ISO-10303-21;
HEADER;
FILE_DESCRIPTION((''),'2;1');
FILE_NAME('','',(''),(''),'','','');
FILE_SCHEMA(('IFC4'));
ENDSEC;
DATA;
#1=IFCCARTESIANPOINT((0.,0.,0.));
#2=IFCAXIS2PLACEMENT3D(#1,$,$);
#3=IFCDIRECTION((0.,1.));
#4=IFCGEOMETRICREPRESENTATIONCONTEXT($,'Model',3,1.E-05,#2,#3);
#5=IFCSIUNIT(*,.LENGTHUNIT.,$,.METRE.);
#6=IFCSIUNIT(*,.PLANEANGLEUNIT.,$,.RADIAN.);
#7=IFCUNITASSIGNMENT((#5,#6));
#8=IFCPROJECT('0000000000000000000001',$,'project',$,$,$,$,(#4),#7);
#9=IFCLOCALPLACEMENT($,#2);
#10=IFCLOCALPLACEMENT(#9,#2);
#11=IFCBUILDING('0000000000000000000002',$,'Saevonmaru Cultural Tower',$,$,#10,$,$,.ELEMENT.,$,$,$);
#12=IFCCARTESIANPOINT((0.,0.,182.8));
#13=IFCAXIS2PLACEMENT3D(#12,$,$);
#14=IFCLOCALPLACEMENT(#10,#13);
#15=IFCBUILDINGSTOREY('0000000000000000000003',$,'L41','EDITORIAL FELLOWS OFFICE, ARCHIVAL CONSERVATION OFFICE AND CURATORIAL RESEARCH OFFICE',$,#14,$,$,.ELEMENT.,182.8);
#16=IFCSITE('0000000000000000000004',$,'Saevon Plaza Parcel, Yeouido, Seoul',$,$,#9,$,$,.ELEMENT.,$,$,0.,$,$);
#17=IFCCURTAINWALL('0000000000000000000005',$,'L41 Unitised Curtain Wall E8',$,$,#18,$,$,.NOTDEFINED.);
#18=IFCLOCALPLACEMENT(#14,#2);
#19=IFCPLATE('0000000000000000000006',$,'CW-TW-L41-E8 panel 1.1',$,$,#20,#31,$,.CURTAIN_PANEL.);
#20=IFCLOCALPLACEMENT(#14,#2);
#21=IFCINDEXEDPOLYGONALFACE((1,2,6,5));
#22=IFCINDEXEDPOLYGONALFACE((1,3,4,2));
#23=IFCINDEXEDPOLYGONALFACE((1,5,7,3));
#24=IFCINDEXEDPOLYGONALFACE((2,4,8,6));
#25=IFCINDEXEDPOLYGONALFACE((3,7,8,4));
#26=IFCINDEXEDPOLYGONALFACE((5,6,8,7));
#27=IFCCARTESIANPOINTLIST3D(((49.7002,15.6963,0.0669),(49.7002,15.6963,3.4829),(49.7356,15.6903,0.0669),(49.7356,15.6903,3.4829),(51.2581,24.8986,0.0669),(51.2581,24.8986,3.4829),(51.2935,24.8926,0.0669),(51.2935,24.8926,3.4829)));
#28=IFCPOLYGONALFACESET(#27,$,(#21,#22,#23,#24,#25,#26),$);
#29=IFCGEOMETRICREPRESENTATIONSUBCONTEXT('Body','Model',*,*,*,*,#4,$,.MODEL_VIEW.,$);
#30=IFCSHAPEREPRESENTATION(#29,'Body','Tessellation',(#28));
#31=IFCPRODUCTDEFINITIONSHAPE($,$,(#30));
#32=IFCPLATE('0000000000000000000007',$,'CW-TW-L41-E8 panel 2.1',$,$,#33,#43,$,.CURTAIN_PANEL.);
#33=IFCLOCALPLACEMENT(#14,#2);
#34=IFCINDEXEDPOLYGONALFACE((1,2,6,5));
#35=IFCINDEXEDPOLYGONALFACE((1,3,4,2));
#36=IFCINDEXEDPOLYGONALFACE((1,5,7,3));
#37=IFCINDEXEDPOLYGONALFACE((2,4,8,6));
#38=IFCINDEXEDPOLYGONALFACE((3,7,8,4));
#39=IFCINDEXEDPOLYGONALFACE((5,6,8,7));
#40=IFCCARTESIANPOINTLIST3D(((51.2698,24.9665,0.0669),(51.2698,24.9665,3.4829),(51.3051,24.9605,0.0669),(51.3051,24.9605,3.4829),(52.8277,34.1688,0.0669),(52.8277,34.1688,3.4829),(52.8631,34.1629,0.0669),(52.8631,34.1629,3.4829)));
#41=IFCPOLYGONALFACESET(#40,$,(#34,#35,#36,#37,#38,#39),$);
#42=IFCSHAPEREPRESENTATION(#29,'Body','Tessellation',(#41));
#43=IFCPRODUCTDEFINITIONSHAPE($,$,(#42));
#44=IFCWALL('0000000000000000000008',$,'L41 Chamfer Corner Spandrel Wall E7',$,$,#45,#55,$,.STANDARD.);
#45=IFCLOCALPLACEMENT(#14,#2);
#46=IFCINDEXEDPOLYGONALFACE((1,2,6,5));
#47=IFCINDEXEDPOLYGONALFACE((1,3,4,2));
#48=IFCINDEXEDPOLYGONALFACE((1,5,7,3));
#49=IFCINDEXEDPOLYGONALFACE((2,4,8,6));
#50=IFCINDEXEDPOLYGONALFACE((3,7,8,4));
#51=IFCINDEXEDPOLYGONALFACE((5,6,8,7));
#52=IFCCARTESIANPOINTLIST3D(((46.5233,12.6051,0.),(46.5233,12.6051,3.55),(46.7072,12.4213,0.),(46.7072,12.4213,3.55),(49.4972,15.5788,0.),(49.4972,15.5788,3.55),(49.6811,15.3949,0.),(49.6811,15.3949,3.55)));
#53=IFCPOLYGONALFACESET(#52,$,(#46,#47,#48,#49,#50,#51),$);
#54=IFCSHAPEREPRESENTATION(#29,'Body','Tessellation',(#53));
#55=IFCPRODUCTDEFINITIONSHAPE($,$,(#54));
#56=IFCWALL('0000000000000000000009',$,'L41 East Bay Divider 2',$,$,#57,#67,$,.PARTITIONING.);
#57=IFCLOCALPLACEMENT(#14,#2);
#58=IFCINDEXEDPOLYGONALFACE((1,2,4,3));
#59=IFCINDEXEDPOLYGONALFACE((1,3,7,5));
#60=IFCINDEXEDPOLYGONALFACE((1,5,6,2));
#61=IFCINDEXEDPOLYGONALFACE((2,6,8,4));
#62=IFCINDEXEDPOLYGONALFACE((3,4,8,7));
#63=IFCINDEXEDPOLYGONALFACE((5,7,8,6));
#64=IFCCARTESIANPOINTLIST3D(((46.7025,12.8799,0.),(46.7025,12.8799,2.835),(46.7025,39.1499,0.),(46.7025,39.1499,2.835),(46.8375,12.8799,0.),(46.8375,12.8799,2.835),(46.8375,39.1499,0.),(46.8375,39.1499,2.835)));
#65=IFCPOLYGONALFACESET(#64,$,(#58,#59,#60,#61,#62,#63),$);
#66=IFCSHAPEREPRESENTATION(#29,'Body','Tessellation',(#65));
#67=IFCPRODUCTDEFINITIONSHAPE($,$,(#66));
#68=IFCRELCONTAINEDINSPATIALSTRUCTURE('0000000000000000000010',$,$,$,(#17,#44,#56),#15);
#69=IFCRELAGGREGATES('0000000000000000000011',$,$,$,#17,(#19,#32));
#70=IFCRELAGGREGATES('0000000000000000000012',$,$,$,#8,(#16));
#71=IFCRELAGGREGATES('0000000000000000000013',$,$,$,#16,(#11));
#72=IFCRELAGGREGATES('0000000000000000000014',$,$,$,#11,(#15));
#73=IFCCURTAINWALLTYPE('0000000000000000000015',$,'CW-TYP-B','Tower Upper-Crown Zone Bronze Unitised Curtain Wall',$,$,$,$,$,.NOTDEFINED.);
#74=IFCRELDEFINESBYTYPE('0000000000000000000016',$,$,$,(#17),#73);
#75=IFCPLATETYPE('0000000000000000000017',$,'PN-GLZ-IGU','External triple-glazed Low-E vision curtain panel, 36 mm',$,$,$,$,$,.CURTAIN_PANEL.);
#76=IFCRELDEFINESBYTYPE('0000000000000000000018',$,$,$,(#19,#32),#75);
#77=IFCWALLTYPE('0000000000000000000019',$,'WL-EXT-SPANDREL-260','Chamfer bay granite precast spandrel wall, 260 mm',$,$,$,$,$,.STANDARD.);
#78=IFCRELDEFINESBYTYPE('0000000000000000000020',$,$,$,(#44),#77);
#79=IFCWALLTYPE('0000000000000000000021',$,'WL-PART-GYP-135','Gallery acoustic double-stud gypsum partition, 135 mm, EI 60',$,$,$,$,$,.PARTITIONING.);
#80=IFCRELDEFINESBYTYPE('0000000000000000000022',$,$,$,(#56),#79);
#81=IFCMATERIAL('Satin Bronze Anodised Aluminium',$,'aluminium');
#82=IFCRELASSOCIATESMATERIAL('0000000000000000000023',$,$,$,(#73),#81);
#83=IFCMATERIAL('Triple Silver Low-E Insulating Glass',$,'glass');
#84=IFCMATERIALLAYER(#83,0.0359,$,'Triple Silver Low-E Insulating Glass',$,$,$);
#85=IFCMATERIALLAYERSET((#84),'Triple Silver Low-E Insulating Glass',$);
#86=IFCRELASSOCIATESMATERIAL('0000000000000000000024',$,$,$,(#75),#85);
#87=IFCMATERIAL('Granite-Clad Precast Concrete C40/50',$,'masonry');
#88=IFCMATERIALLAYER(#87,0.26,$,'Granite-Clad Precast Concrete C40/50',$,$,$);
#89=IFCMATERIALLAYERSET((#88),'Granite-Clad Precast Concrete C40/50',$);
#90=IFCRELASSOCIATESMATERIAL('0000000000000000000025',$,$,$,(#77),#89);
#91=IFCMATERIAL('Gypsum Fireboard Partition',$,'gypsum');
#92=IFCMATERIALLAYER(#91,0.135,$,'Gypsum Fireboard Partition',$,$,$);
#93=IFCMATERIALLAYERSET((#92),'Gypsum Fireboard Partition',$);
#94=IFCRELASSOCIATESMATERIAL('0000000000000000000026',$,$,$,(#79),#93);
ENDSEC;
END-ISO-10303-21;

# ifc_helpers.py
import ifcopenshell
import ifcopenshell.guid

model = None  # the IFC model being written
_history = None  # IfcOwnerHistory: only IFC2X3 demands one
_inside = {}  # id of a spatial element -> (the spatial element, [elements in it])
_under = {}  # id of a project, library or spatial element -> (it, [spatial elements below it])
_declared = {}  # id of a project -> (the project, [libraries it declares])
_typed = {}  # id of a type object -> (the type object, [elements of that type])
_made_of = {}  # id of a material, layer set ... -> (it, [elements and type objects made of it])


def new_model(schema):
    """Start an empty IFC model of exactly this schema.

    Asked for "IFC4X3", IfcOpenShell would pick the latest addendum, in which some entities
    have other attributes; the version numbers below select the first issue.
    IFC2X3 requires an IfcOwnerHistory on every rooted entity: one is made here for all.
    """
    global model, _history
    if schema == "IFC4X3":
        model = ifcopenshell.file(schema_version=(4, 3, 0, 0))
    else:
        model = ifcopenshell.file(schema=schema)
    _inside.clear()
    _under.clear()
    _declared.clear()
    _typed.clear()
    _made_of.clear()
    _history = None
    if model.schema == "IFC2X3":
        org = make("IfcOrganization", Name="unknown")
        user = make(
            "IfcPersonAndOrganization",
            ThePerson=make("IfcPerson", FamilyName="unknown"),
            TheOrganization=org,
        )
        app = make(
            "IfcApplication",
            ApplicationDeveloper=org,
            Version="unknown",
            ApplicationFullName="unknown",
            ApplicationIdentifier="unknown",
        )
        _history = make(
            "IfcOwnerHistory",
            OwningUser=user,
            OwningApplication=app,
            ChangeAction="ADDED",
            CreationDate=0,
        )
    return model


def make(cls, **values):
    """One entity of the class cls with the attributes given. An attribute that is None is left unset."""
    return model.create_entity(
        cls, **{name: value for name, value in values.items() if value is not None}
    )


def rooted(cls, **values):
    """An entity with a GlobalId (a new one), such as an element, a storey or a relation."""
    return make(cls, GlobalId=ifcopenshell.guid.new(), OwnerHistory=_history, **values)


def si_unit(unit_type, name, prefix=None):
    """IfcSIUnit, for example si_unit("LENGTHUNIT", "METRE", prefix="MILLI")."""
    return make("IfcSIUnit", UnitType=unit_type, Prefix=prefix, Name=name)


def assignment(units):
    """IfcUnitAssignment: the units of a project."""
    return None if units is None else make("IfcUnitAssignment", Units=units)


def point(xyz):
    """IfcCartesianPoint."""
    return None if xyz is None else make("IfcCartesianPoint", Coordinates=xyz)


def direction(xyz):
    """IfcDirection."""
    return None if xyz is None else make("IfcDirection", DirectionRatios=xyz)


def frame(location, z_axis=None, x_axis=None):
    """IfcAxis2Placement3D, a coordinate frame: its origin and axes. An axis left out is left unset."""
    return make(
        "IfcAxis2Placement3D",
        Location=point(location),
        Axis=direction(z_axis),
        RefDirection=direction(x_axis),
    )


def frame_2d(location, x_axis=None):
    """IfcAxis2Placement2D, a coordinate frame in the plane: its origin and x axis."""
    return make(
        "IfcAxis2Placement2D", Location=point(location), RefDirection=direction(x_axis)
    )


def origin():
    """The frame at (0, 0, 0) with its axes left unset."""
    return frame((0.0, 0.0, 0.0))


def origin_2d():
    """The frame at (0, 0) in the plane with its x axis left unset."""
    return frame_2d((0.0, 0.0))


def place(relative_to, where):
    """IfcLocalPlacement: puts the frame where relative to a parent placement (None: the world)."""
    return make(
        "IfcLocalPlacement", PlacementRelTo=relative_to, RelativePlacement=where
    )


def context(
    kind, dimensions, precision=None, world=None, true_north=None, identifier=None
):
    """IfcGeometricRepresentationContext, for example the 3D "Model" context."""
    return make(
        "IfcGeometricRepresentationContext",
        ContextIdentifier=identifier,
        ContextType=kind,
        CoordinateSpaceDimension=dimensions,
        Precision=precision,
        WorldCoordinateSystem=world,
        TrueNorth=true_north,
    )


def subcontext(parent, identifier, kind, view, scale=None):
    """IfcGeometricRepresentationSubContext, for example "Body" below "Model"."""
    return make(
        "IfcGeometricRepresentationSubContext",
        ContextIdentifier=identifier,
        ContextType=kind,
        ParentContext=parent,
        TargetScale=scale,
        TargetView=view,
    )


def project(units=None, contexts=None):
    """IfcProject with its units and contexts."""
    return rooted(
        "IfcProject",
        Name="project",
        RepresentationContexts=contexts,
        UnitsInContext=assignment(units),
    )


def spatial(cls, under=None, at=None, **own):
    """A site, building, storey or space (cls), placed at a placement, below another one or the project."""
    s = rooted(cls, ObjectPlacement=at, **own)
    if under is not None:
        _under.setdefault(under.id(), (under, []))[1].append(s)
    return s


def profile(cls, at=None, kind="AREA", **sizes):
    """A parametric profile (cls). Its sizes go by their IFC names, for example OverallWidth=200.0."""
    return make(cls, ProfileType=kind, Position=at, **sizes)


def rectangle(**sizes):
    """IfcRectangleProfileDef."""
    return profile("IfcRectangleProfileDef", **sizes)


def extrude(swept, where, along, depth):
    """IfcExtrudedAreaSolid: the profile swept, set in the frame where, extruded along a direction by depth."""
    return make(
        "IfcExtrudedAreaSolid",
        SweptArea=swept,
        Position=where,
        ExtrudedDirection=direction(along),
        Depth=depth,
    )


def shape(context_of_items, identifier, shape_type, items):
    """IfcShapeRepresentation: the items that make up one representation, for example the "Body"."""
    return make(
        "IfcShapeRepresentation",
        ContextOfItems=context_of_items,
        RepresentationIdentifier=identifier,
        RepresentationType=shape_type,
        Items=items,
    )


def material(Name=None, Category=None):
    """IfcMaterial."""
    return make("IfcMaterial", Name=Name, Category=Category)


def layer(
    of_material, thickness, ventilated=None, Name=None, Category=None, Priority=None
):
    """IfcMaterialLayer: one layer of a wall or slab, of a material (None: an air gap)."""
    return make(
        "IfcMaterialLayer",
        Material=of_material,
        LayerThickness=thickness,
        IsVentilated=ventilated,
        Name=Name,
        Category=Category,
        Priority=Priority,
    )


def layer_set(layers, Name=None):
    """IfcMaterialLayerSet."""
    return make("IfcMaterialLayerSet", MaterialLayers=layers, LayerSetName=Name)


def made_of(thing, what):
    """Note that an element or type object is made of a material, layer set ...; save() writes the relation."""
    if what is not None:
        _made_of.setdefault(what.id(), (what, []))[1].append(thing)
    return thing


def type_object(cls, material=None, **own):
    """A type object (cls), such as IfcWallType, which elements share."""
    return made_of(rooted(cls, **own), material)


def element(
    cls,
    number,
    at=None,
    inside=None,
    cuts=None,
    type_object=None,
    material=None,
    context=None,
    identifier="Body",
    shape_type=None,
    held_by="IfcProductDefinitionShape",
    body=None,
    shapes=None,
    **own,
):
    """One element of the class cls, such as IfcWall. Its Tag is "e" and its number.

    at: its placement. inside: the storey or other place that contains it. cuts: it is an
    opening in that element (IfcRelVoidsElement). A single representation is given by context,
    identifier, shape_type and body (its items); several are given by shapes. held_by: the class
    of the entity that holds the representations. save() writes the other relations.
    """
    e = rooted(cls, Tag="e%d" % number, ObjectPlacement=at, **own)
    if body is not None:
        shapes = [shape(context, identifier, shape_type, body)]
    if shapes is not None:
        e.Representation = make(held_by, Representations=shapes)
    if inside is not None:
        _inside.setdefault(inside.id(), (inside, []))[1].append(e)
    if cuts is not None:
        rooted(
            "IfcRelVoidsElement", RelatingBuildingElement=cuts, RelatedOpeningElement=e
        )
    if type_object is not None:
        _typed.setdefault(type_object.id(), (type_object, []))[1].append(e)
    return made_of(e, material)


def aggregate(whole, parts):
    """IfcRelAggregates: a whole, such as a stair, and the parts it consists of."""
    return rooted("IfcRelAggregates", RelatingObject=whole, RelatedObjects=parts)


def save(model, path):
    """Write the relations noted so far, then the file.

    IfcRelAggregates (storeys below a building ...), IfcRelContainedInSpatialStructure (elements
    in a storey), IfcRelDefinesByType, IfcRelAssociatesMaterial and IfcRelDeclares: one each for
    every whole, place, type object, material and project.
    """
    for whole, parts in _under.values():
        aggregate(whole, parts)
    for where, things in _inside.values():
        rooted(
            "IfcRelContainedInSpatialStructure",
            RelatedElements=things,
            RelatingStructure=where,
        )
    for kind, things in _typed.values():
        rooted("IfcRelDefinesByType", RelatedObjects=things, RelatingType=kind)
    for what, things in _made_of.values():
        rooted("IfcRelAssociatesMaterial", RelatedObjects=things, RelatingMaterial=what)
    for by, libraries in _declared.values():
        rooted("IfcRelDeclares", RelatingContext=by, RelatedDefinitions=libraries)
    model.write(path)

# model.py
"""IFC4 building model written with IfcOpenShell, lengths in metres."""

from ifc_helpers import new_model, si_unit, direction, frame, frame_2d, origin, origin_2d, place, context, subcontext, project, spatial, rectangle, extrude, material, layer, layer_set, type_object, element, aggregate, save


model = new_model("IFC4")

# Units and contexts
model_context = context("Model", 3, precision=1e-05, world=origin(), true_north=direction((0.0, 1.0)))
body_context = subcontext(model_context, "Body", "Model", "MODEL_VIEW")
ifc_project = project(units=[si_unit("LENGTHUNIT", "METRE"), si_unit("PLANEANGLEUNIT", "RADIAN")], contexts=[model_context])

# Site, building, storey
site_placement = place(None, origin())
site = spatial("IfcSite", under=ifc_project, at=site_placement, Name="Saevon Plaza Parcel, Yeouido, Seoul", CompositionType="ELEMENT", RefElevation=0.0)
building_placement = place(site_placement, origin())
building = spatial("IfcBuilding", under=site, at=building_placement, Name="Saevonmaru Cultural Tower", CompositionType="ELEMENT")
storey_placement = place(building_placement, frame((0.0, 0.0, 182.8)))
storey = spatial("IfcBuildingStorey", under=building, at=storey_placement, Name="L41", Description="EDITORIAL FELLOWS OFFICE, ARCHIVAL CONSERVATION OFFICE AND CURATORIAL RESEARCH OFFICE", CompositionType="ELEMENT", Elevation=182.8)

# Shared definitions
ifc_material_1 = material(Name="Satin Bronze Anodised Aluminium", Category="aluminium")
curtain_wall_type = type_object("IfcCurtainWallType", Name="CW-TYP-B", Description="Tower Upper-Crown Zone Bronze Unitised Curtain Wall", PredefinedType="NOTDEFINED", material=ifc_material_1)

# Curtain wall
curtain_wall_1_placement = place(storey_placement, origin())
curtain_wall_1 = element("IfcCurtainWall", 1, at=curtain_wall_1_placement, inside=storey, type_object=curtain_wall_type, Name="L41 Unitised Curtain Wall E8", PredefinedType="NOTDEFINED")

# Plates
ifc_material_2 = material(Name="Triple Silver Low-E Insulating Glass", Category="glass")
ifc_layer_1 = layer(ifc_material_2, 0.0359, Name="Triple Silver Low-E Insulating Glass")
ifc_layer_set_1 = layer_set([ifc_layer_1], Name="Triple Silver Low-E Insulating Glass")
plate_type = type_object("IfcPlateType", Name="PN-GLZ-IGU", Description="External triple-glazed Low-E vision curtain panel, 36 mm", PredefinedType="CURTAIN_PANEL", material=ifc_layer_set_1)
plate_1_placement = place(storey_placement, frame((50.4968, 20.2944, 0.0669), z_axis=(0.0, 0.0, 1.0), x_axis=(0.166922, 0.98597, 0.0)))
plate_1 = element("IfcPlate", 2, at=plate_1_placement, type_object=plate_type, Name="CW-TW-L41-E8 panel 1.1", PredefinedType="CURTAIN_PANEL", context=body_context, shape_type="SweptSolid", body=[
    extrude(rectangle(XDim=9.3333, YDim=0.0359, at=origin_2d()), origin(), (0.0, 0.0, 1.0), 3.416),
])
plate_2_placement = place(storey_placement, frame((52.0664, 29.5647, 0.0669), z_axis=(0.0, 0.0, 1.0), x_axis=(0.166922, 0.98597, 0.0)))
plate_2 = element("IfcPlate", 3, at=plate_2_placement, type_object=plate_type, Name="CW-TW-L41-E8 panel 2.1", PredefinedType="CURTAIN_PANEL", context=body_context, shape_type="SweptSolid", body=[
    extrude(rectangle(XDim=9.3333, YDim=0.0359, at=origin_2d()), origin(), (0.0, 0.0, 1.0), 3.416),
])
aggregate(curtain_wall_1, [plate_1, plate_2])

# Walls
ifc_material_3 = material(Name="Granite-Clad Precast Concrete C40/50", Category="masonry")
ifc_layer_2 = layer(ifc_material_3, 0.26, Name="Granite-Clad Precast Concrete C40/50")
ifc_layer_set_2 = layer_set([ifc_layer_2], Name="Granite-Clad Precast Concrete C40/50")
wall_type_1 = type_object("IfcWallType", Name="WL-EXT-SPANDREL-260", Description="Chamfer bay granite precast spandrel wall, 260 mm", PredefinedType="STANDARD", material=ifc_layer_set_2)
wall_1_placement = place(storey_placement, frame((46.6152, 12.5132, 0.0), z_axis=(0.0, 0.0, 1.0), x_axis=(0.707136, 0.707078, 0.0)))
element("IfcWall", 4, at=wall_1_placement, inside=storey, type_object=wall_type_1, Name="L41 Chamfer Corner Spandrel Wall E7", PredefinedType="STANDARD", context=body_context, shape_type="SweptSolid", body=[
    extrude(rectangle(XDim=4.2056, YDim=0.26, at=frame_2d((2.1028, 0.0))), origin(), (0.0, 0.0, 1.0), 3.55),
])
ifc_material_4 = material(Name="Gypsum Fireboard Partition", Category="gypsum")
ifc_layer_3 = layer(ifc_material_4, 0.135, Name="Gypsum Fireboard Partition")
ifc_layer_set_3 = layer_set([ifc_layer_3], Name="Gypsum Fireboard Partition")
wall_type_2 = type_object("IfcWallType", Name="WL-PART-GYP-135", Description="Gallery acoustic double-stud gypsum partition, 135 mm, EI 60", PredefinedType="PARTITIONING", material=ifc_layer_set_3)
wall_2_placement = place(storey_placement, frame((46.77, 12.8799, 0.0), z_axis=(0.0, 0.0, 1.0), x_axis=(0.0, 1.0, 0.0)))
element("IfcWall", 5, at=wall_2_placement, inside=storey, type_object=wall_type_2, Name="L41 East Bay Divider 2", PredefinedType="PARTITIONING", context=body_context, shape_type="SweptSolid", body=[
    extrude(rectangle(XDim=26.27, YDim=0.135, at=frame_2d((13.135, 0.0))), origin(), (0.0, 0.0, 1.0), 2.835),
])

save(model, "model.ifc")
